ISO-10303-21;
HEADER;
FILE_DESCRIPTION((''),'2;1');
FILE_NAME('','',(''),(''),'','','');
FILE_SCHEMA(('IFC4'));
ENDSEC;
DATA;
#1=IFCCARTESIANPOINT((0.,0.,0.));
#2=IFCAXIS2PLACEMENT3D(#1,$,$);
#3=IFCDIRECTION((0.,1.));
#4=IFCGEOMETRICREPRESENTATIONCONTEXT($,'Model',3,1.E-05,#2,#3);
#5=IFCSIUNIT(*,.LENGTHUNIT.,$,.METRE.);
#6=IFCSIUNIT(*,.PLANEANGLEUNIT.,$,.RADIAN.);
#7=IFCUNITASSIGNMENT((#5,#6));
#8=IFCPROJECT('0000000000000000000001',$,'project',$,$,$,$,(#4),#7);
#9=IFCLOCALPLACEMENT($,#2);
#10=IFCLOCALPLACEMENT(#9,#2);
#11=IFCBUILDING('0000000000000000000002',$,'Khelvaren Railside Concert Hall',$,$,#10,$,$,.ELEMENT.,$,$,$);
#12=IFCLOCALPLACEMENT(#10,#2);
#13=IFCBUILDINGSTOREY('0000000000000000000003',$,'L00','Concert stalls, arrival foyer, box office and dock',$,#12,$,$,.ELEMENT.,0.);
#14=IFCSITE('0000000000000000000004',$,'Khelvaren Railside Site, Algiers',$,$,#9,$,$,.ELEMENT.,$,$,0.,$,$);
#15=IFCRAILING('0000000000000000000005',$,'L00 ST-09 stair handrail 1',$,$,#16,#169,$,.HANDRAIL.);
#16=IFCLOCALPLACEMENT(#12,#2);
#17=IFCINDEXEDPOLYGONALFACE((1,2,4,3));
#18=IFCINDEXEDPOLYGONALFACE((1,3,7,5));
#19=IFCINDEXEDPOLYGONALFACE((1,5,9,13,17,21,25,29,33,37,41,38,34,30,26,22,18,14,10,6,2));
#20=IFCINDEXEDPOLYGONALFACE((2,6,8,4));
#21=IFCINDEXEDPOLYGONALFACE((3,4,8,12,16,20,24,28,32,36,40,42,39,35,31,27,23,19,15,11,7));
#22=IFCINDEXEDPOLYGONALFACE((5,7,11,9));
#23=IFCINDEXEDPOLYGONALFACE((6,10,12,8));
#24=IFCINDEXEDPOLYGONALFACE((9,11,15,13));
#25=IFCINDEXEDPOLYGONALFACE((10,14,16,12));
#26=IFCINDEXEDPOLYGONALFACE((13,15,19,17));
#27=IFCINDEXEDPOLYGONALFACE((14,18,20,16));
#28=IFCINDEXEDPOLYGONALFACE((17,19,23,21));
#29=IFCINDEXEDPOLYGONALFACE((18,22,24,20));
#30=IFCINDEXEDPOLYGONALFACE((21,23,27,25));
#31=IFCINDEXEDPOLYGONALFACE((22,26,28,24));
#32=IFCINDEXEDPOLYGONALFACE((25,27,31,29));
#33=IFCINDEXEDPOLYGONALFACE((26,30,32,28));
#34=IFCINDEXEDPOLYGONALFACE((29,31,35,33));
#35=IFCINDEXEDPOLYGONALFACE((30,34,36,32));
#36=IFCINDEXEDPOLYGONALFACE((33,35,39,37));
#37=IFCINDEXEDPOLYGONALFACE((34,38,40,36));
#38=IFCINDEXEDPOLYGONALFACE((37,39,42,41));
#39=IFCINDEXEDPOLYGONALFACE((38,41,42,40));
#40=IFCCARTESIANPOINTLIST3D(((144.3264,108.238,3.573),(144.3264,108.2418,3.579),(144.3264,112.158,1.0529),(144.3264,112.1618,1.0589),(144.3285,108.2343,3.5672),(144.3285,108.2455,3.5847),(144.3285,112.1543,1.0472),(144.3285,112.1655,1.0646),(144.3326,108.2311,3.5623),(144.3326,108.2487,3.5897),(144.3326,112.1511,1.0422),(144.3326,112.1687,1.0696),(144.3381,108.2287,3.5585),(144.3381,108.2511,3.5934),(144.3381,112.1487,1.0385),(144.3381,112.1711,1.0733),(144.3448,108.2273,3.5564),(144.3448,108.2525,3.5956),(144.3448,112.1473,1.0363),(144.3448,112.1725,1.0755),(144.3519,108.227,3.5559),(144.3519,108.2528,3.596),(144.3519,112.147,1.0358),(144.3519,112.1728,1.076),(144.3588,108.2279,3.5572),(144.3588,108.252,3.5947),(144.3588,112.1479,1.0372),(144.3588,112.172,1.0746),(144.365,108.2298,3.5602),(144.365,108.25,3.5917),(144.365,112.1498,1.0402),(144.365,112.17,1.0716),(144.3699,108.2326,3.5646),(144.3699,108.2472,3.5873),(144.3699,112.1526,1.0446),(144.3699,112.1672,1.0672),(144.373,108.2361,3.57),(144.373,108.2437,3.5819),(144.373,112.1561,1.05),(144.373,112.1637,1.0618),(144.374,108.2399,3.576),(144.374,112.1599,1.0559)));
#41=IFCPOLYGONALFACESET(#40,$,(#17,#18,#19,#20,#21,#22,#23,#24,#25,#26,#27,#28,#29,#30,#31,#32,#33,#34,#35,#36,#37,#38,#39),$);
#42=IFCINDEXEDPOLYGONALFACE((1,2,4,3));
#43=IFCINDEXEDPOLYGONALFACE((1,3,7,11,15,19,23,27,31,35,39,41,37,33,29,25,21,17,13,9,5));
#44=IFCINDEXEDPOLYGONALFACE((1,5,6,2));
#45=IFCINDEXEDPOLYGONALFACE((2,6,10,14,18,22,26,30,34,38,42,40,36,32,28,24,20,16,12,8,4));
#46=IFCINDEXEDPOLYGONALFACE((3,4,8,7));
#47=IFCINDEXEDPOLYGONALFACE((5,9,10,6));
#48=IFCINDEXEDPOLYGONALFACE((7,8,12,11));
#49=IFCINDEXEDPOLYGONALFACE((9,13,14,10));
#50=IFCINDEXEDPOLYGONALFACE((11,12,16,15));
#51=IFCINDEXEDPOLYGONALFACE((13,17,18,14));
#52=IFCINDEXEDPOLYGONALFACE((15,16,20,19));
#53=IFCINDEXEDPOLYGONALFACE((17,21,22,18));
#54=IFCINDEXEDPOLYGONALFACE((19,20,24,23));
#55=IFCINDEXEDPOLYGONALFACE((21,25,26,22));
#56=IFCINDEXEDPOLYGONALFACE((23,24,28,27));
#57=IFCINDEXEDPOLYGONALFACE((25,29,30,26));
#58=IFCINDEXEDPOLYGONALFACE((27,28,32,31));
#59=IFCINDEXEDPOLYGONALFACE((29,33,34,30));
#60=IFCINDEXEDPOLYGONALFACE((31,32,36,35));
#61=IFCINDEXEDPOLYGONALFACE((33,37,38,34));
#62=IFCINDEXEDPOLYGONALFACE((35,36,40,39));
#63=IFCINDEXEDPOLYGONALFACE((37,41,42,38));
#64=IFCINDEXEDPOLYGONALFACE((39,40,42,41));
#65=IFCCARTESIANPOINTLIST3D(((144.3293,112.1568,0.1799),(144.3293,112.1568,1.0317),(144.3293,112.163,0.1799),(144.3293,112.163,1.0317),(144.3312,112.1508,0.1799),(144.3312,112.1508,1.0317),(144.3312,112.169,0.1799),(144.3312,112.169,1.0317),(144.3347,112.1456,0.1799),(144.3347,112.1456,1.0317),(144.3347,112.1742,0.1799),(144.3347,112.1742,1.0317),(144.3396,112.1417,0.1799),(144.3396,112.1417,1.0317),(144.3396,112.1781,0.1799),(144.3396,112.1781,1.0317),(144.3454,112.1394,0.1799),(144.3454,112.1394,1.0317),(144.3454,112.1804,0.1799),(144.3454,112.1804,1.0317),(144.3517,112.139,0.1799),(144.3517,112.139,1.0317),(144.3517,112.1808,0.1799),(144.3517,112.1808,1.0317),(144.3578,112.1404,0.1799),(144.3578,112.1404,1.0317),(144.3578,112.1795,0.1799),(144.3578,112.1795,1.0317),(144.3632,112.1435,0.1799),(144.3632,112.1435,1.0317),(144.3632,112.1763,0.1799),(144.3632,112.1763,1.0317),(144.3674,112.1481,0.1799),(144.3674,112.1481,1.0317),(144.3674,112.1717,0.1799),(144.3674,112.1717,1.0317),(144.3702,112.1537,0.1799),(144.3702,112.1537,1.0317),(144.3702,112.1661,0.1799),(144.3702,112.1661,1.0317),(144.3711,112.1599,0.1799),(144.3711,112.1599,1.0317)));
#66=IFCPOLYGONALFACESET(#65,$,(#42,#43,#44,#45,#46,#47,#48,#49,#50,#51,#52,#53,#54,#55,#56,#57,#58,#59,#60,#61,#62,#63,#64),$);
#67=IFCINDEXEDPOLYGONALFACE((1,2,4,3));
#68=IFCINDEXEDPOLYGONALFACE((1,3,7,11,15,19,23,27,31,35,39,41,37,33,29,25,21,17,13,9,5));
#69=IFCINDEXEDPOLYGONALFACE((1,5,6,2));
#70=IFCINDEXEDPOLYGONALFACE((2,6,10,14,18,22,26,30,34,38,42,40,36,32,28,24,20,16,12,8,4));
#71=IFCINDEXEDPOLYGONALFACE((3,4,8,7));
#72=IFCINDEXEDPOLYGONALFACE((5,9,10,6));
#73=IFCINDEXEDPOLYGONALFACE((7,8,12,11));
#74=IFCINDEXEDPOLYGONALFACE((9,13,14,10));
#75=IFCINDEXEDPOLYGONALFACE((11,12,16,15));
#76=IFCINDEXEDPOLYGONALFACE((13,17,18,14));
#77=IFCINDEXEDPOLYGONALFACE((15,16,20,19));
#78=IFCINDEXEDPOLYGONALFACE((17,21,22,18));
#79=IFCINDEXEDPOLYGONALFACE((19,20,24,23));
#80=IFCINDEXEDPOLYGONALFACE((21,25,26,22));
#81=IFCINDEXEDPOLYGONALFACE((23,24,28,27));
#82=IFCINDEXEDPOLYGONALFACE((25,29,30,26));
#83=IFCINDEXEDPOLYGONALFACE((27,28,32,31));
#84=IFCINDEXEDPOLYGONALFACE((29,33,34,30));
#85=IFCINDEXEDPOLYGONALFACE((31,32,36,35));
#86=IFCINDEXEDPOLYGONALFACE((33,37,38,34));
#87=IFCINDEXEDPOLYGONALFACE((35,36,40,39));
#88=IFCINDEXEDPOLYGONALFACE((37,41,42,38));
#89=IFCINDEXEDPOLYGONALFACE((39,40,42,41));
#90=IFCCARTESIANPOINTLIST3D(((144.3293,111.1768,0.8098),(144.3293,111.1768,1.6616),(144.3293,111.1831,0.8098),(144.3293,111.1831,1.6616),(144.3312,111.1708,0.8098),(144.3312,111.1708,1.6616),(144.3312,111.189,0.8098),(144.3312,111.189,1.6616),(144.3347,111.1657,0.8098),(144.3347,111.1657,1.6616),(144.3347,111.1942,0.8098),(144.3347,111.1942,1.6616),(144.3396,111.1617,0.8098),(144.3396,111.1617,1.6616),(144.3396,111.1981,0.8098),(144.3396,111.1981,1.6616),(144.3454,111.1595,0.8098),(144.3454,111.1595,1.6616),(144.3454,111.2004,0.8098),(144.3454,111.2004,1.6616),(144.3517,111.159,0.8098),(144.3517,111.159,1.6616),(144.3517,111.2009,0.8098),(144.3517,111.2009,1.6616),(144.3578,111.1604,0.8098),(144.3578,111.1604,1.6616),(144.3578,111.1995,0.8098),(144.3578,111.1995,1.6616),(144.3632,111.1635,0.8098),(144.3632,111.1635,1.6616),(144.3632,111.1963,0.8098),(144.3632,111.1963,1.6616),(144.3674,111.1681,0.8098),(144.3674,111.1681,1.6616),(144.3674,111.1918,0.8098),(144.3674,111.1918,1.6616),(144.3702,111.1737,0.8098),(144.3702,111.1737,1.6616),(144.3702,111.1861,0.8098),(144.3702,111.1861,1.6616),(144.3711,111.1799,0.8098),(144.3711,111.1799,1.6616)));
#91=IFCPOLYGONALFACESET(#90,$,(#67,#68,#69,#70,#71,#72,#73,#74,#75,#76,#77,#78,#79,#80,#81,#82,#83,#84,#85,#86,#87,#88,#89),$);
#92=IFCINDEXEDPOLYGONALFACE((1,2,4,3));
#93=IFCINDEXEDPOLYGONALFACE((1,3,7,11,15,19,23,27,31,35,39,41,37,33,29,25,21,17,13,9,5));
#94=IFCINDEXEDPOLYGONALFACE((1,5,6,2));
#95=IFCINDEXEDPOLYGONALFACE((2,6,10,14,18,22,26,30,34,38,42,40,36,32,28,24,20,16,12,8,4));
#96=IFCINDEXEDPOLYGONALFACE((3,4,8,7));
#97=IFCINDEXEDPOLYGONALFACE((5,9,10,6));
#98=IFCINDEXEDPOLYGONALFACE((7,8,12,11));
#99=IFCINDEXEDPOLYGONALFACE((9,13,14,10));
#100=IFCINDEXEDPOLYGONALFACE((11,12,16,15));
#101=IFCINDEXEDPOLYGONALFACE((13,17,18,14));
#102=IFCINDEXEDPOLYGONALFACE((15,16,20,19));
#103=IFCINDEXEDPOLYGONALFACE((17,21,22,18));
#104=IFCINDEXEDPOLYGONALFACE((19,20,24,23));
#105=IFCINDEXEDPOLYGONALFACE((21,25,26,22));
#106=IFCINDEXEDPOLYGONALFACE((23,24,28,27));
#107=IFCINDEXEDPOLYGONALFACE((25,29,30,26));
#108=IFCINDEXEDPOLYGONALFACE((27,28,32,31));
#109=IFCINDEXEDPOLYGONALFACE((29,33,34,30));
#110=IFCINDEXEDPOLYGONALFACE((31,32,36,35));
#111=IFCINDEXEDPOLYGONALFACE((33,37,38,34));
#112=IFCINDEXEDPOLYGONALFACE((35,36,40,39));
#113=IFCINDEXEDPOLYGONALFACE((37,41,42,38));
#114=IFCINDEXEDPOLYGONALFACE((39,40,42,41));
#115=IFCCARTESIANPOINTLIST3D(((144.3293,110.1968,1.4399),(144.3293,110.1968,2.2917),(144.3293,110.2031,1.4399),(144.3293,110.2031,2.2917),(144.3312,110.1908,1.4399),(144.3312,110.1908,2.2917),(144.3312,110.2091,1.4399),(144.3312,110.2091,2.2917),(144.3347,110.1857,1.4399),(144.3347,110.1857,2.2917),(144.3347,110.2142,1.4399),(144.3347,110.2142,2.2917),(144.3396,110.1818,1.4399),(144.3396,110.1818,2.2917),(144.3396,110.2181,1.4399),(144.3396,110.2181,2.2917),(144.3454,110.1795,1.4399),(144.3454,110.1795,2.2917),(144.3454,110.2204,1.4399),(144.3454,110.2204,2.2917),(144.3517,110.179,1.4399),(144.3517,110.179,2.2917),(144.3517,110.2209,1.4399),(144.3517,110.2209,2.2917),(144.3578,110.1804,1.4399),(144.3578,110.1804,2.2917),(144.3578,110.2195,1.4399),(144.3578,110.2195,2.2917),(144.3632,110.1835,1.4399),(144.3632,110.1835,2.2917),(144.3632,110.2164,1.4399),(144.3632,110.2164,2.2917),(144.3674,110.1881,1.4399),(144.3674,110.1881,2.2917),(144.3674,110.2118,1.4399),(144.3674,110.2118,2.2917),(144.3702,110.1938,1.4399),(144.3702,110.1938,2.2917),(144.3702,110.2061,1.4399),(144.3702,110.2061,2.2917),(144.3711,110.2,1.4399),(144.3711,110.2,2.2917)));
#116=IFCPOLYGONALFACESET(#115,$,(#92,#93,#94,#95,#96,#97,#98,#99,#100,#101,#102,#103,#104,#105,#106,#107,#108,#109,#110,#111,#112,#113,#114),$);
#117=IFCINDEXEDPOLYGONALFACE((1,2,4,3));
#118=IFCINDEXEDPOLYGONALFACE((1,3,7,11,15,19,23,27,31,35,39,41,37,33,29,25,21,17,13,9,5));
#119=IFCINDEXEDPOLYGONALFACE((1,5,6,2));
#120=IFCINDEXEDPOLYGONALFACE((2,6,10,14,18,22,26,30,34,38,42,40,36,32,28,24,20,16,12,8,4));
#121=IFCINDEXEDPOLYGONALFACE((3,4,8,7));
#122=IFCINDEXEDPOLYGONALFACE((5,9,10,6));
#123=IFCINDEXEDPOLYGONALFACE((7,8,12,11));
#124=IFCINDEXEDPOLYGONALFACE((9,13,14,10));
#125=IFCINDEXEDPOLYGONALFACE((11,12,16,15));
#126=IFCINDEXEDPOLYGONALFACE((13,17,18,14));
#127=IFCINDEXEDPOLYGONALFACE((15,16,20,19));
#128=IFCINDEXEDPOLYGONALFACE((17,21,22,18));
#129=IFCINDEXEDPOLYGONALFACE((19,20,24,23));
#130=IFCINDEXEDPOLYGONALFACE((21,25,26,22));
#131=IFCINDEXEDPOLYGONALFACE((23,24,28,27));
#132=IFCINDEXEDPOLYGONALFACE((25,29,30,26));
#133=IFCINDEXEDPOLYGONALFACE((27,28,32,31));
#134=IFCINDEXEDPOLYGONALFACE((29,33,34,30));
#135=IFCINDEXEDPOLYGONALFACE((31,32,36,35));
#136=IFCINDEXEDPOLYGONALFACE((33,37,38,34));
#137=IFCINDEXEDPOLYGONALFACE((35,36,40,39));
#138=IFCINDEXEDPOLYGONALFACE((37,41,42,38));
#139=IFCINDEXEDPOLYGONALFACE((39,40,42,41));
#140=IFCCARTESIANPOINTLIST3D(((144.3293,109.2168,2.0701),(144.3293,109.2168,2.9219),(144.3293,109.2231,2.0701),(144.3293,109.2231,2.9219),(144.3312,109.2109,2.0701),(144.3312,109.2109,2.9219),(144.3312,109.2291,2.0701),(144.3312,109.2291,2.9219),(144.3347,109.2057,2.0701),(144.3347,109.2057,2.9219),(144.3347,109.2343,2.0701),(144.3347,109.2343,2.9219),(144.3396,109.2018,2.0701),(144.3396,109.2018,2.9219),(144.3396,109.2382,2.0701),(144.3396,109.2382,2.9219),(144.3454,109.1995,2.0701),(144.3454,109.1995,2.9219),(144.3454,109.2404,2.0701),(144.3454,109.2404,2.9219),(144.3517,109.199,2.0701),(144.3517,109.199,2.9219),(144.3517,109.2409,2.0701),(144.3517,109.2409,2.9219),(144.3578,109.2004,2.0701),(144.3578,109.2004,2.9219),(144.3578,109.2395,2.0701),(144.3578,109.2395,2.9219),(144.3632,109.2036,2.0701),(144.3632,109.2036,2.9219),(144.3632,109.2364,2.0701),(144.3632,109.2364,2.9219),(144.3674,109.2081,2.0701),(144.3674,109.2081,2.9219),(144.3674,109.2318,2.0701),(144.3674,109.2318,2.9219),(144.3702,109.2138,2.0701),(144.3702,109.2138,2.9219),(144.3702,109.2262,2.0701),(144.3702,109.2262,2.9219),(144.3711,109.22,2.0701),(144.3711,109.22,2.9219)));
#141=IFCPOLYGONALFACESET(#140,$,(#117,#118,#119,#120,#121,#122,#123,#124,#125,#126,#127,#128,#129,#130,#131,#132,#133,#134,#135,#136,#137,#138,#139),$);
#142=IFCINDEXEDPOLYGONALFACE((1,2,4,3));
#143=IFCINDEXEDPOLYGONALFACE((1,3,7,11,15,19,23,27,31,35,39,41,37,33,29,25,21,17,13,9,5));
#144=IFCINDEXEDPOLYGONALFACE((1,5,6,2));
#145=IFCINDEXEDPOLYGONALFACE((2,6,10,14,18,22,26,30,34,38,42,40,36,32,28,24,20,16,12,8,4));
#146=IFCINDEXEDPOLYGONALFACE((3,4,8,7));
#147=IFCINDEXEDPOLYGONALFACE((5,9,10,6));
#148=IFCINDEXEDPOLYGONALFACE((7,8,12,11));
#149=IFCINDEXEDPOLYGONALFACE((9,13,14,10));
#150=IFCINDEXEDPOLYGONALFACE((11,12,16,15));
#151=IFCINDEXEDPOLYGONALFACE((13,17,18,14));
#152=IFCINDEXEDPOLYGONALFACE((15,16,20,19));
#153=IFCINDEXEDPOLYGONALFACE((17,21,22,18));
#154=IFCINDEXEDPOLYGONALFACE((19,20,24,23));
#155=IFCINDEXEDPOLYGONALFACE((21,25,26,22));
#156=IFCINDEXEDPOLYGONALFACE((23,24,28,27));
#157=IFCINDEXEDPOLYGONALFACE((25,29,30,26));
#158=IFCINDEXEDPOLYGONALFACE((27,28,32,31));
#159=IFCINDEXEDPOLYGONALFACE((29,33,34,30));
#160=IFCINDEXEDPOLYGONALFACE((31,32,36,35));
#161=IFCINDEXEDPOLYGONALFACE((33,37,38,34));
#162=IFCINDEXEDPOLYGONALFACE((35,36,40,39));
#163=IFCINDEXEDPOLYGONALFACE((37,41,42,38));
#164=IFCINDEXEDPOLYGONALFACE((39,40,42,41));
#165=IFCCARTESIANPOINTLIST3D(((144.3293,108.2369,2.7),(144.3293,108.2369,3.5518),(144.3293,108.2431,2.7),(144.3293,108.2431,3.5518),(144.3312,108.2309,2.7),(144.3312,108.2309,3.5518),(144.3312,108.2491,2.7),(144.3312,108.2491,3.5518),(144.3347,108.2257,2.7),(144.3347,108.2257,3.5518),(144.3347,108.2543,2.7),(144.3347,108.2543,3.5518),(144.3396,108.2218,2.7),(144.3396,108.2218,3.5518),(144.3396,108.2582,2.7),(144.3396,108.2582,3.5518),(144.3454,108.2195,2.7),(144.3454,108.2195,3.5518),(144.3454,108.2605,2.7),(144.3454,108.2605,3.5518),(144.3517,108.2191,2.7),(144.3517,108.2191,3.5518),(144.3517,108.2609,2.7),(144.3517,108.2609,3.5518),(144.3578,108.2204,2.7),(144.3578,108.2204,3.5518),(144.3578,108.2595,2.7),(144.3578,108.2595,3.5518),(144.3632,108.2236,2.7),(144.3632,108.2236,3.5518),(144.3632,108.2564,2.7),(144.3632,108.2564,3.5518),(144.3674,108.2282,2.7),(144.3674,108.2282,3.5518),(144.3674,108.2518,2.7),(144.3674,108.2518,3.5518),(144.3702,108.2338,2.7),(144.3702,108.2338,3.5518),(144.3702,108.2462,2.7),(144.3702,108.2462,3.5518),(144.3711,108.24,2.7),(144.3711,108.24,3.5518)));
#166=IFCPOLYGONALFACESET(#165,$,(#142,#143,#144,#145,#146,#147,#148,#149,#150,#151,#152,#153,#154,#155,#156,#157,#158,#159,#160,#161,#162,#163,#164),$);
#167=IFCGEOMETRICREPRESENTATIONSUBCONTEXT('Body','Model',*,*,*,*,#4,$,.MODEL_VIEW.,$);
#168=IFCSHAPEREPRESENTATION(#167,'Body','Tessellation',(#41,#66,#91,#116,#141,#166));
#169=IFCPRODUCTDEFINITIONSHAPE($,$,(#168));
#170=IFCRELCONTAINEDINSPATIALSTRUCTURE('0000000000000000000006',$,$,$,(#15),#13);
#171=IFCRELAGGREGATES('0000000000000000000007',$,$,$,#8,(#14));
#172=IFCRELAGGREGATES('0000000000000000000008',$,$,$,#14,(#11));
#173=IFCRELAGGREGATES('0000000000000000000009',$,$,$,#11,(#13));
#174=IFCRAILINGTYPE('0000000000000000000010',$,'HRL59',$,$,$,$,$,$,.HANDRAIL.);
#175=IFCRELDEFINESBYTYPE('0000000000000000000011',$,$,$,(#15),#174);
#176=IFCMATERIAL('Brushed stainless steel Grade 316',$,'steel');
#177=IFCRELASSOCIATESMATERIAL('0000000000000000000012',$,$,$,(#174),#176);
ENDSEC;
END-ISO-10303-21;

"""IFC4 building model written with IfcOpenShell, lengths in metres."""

from ifc_helpers import new_model, si_unit, direction, frame, origin, origin_2d, place, context, subcontext, project, spatial, circle, extrude, material, type_object, element, save


model = new_model("IFC4")

# Units and contexts
model_context = context("Model", 3, precision=1e-05, world=origin(), true_north=direction((0.0, 1.0)))
body_context = subcontext(model_context, "Body", "Model", "MODEL_VIEW")
ifc_project = project(units=[si_unit("LENGTHUNIT", "METRE"), si_unit("PLANEANGLEUNIT", "RADIAN")], contexts=[model_context])

# Site, building, storey
site_placement = place(None, origin())
site = spatial("IfcSite", under=ifc_project, at=site_placement, Name="Khelvaren Railside Site, Algiers", CompositionType="ELEMENT", RefElevation=0.0)
building_placement = place(site_placement, origin())
building = spatial("IfcBuilding", under=site, at=building_placement, Name="Khelvaren Railside Concert Hall", CompositionType="ELEMENT")
storey_placement = place(building_placement, origin())
storey = spatial("IfcBuildingStorey", under=building, at=storey_placement, Name="L00", Description="Concert stalls, arrival foyer, box office and dock", CompositionType="ELEMENT", Elevation=0.0)

# Railing
ifc_material_1 = material(Name="Brushed stainless steel Grade 316", Category="steel")
railing_type_1 = type_object("IfcRailingType", Name="HRL59", PredefinedType="HANDRAIL", material=ifc_material_1)
railing_1_placement = place(storey_placement, frame((144.3501, 112.1599, 0.1799)))
element("IfcRailing", 1, at=railing_1_placement, inside=storey, type_object=railing_type_1, Name="L00 ST-09 stair handrail 1", PredefinedType="HANDRAIL", context=body_context, shape_type="SweptSolid", body=[
    extrude(circle(Radius=0.0239, at=origin_2d()), frame((0.0, 0.0, 0.876), z_axis=(0.0, -0.841172, 0.540768), x_axis=(1.0, 0.0, 0.0)), (0.0, 0.0, 1.0), 4.6602),
    extrude(circle(Radius=0.021, at=origin_2d()), origin(), (0.0, 0.0, 1.0), 0.8518),
    extrude(circle(Radius=0.021, at=origin_2d()), frame((0.0, -0.98, 0.6299)), (0.0, 0.0, 1.0), 0.8518),
    extrude(circle(Radius=0.021, at=origin_2d()), frame((0.0, -1.96, 1.26)), (0.0, 0.0, 1.0), 0.8518),
    extrude(circle(Radius=0.021, at=origin_2d()), frame((0.0, -2.9399, 1.8901)), (0.0, 0.0, 1.0), 0.8518),
    extrude(circle(Radius=0.021, at=origin_2d()), frame((0.0, -3.9199, 2.52)), (0.0, 0.0, 1.0), 0.8518),
])

save(model, "model.ifc")
